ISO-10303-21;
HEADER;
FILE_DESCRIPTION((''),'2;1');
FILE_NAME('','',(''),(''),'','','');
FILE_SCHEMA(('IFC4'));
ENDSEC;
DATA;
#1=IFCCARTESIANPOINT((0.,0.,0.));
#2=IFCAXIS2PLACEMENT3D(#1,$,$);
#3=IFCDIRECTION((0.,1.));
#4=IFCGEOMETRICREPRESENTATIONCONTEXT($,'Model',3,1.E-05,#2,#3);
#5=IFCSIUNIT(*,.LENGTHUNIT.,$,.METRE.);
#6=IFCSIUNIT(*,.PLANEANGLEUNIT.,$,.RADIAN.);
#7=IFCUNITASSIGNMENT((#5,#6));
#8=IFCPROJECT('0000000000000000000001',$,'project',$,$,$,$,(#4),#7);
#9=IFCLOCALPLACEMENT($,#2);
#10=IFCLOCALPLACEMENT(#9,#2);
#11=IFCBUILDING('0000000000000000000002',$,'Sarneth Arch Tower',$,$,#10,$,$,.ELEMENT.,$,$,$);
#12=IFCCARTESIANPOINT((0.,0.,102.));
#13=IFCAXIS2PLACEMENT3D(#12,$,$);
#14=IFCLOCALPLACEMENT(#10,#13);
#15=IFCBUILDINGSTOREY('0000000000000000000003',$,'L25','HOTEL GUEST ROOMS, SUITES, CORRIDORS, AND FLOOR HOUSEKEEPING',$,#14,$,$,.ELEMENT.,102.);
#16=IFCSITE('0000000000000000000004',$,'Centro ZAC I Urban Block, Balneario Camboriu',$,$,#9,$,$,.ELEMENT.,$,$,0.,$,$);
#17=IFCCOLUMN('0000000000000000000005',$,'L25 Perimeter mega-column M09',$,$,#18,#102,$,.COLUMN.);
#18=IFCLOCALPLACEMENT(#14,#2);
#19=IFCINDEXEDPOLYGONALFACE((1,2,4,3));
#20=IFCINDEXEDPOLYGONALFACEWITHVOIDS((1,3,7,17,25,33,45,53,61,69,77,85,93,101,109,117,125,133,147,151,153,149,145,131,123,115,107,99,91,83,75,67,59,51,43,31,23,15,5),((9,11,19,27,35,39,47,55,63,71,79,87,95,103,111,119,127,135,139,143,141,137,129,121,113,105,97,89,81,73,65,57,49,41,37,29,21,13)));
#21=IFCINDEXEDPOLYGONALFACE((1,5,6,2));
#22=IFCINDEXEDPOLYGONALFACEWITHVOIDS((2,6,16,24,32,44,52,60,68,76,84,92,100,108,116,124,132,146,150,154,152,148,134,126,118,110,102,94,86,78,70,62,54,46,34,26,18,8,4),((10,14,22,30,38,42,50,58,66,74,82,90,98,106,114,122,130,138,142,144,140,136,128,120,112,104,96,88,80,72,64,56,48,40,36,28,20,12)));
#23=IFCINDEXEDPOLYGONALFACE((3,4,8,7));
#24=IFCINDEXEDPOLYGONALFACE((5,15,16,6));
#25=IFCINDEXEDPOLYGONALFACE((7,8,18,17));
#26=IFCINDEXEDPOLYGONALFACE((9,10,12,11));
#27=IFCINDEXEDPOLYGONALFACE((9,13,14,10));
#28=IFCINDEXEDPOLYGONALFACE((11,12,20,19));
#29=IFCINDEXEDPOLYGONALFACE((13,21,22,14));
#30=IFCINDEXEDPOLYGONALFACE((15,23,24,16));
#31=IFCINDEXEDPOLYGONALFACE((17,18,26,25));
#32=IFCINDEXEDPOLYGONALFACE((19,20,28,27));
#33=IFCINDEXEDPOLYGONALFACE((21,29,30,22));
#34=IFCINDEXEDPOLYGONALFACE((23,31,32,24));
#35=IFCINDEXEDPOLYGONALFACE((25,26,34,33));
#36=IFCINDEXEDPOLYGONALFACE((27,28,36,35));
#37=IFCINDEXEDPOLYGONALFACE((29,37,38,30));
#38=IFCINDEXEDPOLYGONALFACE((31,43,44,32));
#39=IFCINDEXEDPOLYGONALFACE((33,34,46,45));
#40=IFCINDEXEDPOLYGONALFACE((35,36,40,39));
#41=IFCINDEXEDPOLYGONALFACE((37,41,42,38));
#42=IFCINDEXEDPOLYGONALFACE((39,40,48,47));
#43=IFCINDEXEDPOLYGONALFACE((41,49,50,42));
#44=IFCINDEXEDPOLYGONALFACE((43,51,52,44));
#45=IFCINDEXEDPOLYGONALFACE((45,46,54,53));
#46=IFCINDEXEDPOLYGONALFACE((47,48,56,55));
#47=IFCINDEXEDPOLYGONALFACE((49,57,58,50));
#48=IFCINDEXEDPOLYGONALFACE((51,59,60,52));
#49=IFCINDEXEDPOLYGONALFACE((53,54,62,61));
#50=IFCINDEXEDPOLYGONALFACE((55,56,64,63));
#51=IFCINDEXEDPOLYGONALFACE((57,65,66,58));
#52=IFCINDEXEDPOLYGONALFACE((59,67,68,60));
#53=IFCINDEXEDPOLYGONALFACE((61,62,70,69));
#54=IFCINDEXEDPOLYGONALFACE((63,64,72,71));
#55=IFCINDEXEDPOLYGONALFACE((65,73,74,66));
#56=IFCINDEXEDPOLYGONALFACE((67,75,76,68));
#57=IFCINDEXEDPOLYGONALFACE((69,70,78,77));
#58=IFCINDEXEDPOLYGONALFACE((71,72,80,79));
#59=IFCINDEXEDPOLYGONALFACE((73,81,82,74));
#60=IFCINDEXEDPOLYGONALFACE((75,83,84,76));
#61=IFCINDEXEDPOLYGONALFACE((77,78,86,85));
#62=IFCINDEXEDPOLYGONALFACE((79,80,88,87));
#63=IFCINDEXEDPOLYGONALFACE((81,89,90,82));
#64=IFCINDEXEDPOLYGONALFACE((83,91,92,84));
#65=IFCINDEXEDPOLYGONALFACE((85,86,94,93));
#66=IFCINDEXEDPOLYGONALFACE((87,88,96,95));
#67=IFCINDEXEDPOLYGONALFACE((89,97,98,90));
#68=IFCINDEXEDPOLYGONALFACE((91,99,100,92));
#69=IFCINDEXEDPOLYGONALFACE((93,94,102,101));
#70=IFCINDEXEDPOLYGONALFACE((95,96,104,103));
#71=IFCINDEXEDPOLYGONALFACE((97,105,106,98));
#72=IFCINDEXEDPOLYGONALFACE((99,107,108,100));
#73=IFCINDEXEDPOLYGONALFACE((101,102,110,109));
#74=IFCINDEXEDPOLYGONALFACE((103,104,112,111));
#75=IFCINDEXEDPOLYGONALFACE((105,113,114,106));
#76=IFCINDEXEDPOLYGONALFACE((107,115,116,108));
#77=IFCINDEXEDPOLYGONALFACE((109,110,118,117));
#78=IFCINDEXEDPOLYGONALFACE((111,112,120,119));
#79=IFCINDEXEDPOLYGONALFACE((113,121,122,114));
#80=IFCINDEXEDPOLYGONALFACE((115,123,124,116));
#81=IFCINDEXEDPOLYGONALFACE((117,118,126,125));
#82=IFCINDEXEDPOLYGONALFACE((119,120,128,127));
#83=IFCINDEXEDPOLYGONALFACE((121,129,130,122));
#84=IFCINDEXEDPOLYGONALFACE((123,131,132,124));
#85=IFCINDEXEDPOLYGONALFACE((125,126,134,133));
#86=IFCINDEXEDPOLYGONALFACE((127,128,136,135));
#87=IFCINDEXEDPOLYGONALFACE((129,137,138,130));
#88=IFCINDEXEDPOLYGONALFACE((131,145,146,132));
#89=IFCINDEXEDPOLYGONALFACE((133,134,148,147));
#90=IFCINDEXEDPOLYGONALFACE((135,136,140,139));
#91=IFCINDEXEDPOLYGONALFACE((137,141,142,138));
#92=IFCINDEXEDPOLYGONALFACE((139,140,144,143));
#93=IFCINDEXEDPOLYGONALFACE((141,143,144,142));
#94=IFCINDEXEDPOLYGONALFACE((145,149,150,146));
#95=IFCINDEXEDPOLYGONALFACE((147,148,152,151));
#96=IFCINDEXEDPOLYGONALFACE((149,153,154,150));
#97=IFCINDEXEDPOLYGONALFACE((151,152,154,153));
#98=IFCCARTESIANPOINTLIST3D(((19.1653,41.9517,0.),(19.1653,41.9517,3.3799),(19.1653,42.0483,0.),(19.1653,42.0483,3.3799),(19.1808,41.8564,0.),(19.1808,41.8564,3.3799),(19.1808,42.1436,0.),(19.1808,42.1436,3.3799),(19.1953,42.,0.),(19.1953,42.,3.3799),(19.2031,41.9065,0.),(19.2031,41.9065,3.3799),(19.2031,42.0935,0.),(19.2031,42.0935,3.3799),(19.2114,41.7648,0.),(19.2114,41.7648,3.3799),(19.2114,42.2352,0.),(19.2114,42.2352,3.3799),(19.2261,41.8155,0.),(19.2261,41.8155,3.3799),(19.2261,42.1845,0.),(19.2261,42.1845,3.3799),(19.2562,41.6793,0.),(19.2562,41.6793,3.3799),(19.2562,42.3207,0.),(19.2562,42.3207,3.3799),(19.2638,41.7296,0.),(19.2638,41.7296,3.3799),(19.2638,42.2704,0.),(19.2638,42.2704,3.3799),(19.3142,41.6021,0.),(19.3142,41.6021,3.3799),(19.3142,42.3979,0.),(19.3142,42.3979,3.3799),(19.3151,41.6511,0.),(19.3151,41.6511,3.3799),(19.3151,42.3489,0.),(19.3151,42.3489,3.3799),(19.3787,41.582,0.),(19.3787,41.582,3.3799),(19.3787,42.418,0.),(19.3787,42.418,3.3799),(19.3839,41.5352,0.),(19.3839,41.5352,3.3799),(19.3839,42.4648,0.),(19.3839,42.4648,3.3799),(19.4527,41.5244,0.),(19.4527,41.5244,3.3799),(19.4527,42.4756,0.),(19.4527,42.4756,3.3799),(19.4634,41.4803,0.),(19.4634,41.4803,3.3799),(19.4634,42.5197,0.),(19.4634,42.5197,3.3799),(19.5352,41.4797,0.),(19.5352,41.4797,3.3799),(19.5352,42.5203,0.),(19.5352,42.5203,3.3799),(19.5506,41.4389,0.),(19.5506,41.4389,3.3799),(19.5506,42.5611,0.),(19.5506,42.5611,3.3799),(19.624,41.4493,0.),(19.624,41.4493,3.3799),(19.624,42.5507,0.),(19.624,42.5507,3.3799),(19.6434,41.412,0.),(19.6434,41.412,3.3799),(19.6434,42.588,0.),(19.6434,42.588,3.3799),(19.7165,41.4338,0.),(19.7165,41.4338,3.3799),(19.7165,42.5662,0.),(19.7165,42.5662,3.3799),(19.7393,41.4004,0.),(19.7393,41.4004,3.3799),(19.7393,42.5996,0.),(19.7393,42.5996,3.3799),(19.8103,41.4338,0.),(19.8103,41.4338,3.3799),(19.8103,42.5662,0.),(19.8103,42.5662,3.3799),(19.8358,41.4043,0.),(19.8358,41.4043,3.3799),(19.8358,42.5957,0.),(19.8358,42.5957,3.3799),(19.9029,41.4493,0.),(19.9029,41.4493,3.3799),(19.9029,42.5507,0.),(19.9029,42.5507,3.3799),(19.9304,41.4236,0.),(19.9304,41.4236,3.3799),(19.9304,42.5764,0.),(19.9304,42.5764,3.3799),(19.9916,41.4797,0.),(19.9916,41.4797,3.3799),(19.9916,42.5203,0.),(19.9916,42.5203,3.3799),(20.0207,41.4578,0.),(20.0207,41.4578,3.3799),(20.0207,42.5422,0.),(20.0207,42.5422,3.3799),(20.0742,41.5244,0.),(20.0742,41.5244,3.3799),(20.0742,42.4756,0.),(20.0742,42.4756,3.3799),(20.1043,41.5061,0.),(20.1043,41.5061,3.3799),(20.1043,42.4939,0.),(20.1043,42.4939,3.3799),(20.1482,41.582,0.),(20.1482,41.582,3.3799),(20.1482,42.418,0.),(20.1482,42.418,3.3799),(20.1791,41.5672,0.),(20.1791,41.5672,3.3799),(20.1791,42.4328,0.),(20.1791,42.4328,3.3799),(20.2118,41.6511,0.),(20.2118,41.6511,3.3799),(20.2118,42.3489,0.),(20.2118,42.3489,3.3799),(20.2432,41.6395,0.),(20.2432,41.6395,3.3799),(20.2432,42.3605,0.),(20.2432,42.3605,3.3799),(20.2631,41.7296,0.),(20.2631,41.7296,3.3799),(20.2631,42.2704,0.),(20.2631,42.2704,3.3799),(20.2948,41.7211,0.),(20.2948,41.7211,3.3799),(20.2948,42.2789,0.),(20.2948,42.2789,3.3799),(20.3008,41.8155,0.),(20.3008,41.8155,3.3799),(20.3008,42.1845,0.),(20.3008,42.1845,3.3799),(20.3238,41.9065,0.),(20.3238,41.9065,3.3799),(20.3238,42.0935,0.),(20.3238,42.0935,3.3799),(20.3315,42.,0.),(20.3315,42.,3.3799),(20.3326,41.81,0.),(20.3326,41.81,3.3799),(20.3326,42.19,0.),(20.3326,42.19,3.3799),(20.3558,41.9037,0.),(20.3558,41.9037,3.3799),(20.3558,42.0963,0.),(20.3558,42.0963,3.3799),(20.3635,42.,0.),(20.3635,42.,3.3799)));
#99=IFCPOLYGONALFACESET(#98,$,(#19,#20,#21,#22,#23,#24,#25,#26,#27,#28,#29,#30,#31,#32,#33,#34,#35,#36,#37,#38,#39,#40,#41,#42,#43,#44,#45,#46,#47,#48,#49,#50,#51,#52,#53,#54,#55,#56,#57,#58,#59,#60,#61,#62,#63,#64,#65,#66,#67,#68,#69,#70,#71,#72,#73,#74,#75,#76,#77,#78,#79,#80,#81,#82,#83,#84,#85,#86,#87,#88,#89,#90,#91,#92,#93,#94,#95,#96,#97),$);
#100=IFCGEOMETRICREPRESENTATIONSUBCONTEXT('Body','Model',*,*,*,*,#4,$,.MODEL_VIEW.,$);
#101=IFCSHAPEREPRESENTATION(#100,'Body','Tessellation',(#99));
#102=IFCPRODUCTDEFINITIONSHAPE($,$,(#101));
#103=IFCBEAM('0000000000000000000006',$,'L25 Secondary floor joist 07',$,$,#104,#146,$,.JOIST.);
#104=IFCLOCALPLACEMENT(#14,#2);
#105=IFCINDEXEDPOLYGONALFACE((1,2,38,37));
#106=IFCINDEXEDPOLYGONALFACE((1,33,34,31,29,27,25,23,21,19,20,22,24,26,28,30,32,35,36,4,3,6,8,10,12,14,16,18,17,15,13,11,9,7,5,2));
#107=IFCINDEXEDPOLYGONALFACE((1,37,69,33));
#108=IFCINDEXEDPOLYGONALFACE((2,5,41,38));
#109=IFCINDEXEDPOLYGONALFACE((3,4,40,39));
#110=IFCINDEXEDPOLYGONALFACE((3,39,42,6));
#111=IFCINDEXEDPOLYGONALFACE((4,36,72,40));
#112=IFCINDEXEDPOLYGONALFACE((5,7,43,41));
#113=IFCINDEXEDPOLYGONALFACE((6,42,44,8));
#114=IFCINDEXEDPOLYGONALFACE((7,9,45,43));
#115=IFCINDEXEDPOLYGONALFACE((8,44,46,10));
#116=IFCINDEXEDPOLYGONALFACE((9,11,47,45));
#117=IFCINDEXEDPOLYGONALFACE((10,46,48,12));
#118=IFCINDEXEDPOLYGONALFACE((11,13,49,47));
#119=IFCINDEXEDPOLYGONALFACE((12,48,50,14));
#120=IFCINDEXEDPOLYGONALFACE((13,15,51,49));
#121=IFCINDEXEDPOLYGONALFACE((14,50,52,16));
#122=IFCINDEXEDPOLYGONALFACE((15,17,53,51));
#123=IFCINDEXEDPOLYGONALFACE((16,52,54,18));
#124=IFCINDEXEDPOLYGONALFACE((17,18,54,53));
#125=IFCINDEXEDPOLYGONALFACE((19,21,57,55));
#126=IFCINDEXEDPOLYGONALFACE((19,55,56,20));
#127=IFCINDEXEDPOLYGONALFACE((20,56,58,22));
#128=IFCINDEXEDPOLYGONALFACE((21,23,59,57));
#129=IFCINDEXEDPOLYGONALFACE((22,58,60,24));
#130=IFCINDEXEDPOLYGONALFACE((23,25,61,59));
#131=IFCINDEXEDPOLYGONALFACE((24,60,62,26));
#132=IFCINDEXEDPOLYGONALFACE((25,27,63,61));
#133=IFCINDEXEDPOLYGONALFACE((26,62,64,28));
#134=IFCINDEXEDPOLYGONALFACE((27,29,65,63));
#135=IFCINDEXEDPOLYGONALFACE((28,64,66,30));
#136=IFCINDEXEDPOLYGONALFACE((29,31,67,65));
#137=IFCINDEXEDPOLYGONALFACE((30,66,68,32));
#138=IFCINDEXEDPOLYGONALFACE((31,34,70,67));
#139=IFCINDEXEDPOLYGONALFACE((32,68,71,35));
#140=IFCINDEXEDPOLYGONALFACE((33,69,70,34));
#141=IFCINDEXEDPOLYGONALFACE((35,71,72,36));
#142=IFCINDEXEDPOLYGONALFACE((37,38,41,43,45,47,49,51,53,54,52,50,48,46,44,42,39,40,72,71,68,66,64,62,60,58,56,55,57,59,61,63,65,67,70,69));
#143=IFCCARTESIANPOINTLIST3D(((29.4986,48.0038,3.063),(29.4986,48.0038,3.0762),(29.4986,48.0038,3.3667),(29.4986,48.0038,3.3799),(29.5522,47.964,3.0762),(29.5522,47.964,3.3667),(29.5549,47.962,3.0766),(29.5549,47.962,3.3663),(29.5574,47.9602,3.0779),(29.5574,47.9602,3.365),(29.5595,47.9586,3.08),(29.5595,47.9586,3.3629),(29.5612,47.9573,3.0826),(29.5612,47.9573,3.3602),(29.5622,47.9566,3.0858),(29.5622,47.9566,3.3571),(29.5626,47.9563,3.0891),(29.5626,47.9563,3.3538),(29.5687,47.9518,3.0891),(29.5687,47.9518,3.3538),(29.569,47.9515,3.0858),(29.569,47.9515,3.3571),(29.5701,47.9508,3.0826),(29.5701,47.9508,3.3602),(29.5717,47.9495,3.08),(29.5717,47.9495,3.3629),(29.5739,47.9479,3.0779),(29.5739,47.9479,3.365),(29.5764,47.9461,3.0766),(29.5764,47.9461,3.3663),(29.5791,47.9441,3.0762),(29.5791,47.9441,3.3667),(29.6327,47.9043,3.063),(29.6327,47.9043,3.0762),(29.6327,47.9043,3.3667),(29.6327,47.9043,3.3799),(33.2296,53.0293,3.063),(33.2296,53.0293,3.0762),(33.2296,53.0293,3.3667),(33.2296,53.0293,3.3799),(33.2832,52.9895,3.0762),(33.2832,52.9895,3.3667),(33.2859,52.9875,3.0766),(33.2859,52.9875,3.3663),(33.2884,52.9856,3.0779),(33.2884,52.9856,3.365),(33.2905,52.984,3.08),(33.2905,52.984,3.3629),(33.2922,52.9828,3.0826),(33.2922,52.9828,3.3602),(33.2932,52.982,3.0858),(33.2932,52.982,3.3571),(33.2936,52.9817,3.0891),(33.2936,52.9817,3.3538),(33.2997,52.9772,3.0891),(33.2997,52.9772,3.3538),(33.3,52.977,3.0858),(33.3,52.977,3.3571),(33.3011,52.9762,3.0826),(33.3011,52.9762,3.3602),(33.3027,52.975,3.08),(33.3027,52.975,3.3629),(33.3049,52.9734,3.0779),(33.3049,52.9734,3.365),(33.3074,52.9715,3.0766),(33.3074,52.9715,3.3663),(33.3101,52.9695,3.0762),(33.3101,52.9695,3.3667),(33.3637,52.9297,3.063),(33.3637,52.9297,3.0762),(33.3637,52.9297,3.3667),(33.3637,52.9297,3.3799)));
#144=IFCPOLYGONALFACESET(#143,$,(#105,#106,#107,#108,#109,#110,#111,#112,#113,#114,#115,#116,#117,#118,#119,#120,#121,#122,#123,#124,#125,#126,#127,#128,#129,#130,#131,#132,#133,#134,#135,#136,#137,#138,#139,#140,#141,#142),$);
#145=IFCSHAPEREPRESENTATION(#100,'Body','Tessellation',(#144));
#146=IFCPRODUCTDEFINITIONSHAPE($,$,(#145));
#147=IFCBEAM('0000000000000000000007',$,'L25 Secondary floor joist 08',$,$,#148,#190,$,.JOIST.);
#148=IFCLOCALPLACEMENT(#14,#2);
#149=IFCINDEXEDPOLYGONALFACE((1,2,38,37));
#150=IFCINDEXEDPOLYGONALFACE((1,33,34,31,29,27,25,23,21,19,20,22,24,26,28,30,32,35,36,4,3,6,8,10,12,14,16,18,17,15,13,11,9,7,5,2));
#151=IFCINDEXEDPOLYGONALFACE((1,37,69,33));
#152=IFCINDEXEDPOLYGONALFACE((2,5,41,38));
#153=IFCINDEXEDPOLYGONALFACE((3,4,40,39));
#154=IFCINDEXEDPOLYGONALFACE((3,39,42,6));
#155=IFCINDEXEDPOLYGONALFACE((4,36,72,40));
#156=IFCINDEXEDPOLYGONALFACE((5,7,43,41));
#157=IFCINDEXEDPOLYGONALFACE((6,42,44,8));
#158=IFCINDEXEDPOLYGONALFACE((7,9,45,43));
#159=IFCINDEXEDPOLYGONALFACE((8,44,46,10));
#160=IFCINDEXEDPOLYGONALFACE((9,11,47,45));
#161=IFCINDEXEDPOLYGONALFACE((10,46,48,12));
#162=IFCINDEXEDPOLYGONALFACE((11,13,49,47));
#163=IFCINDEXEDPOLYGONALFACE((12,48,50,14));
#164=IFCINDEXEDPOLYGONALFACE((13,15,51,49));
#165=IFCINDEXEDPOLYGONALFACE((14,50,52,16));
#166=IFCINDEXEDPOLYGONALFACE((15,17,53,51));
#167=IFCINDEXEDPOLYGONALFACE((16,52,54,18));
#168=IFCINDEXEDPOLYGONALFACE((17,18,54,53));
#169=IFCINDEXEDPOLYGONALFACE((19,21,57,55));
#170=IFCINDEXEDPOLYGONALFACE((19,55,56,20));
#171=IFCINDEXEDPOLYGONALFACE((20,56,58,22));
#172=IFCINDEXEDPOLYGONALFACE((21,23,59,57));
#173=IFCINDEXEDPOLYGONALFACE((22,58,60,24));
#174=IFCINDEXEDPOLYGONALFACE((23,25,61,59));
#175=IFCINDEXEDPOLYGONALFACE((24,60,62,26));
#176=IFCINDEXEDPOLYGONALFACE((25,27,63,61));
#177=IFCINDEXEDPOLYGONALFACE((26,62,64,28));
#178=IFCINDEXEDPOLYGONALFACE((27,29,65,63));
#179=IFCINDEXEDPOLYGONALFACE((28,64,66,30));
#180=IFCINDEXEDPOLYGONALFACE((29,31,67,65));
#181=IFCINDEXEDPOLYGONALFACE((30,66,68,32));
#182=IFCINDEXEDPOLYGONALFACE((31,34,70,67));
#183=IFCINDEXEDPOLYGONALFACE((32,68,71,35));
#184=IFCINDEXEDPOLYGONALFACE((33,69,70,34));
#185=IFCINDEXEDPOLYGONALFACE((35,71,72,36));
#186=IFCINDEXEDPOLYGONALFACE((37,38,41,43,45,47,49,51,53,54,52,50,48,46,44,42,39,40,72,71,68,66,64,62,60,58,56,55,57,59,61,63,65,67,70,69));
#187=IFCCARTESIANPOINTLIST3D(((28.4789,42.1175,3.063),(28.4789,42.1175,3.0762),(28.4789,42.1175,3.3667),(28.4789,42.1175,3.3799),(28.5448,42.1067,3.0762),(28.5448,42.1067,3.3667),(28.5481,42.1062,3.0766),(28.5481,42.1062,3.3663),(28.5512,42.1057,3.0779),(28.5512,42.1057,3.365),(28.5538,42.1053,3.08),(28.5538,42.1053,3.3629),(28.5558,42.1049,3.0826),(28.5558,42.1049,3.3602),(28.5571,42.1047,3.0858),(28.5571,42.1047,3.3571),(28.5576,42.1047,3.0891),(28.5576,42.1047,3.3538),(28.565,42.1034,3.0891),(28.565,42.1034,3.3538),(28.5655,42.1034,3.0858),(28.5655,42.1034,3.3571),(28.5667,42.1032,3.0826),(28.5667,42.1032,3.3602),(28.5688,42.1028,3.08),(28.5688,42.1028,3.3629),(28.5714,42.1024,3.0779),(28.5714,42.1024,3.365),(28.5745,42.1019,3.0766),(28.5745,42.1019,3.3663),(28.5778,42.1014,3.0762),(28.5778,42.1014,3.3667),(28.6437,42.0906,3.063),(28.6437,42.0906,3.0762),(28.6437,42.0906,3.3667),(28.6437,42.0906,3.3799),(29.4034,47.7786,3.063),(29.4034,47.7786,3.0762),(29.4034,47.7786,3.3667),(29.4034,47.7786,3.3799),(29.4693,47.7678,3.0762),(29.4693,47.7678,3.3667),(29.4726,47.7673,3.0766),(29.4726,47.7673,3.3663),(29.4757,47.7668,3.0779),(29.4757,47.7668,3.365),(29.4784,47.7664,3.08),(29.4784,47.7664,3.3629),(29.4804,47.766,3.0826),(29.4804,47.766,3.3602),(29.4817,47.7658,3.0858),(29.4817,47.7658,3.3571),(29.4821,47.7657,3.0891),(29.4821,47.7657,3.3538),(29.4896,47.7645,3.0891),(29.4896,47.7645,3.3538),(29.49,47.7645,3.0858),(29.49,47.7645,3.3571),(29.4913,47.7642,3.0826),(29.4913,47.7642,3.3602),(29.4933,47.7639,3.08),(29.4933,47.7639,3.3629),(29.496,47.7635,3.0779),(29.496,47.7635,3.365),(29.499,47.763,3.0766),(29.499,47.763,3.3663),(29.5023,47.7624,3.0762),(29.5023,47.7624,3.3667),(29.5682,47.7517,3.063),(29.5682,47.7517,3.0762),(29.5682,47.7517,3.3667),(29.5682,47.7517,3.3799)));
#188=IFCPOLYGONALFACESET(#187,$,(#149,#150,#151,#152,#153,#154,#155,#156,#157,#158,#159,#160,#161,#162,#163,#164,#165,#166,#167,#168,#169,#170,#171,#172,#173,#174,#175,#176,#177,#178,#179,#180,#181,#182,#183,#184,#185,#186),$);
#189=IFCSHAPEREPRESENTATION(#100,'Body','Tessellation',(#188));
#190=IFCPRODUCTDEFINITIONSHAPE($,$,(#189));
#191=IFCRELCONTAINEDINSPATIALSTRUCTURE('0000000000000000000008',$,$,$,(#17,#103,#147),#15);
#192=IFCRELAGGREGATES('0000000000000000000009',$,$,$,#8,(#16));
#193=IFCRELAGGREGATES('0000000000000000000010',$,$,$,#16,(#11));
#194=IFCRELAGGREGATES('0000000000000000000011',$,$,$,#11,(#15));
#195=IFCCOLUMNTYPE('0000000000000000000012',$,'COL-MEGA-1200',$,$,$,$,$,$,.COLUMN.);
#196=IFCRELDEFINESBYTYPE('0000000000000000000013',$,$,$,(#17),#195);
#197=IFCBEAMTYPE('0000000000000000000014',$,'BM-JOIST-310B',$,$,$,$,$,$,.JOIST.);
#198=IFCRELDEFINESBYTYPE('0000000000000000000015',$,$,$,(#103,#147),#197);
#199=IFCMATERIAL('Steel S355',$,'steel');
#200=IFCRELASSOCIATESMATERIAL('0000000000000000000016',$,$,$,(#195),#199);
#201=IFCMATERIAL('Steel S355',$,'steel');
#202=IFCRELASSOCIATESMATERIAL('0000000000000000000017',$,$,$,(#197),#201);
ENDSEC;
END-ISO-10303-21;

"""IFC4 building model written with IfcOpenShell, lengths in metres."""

from ifc_helpers import new_model, si_unit, direction, frame, origin, origin_2d, place, context, subcontext, project, spatial, hollow_circle, i_section, extrude, material, material_profile, profile_set, type_object, element, save


model = new_model("IFC4")

# Units and contexts
model_context = context("Model", 3, precision=1e-05, world=origin(), true_north=direction((0.0, 1.0)))
body_context = subcontext(model_context, "Body", "Model", "MODEL_VIEW")
ifc_project = project(units=[si_unit("LENGTHUNIT", "METRE"), si_unit("PLANEANGLEUNIT", "RADIAN")], contexts=[model_context])

# Site, building, storey
site_placement = place(None, origin())
site = spatial("IfcSite", under=ifc_project, at=site_placement, Name="Centro ZAC I Urban Block, Balneario Camboriu", CompositionType="ELEMENT", RefElevation=0.0)
building_placement = place(site_placement, origin())
building = spatial("IfcBuilding", under=site, at=building_placement, Name="Sarneth Arch Tower", CompositionType="ELEMENT")
storey_placement = place(building_placement, frame((0.0, 0.0, 102.0)))
storey = spatial("IfcBuildingStorey", under=building, at=storey_placement, Name="L25", Description="HOTEL GUEST ROOMS, SUITES, CORRIDORS, AND FLOOR HOUSEKEEPING", CompositionType="ELEMENT", Elevation=102.0)

# Column
ifc_material_1 = material(Name="Steel S355", Category="steel")
ifc_material_profile_1 = material_profile(ifc_material_1, hollow_circle(Radius=0.6001, WallThickness=0.032, at=origin_2d()), Name="CHS1200x32")
ifc_profile_set_1 = profile_set([ifc_material_profile_1], Name="Steel S355")
column_type = type_object("IfcColumnType", Name="COL-MEGA-1200", PredefinedType="COLUMN", material=ifc_profile_set_1)
for number, where, z_axis, x_axis, name in (
    (1, (19.7634, 42.0, 0.0), (0.0, 0.0, 1.0), (1.0, 0.0, 0.0), "L25 Perimeter mega-column M09"),
):
    element("IfcColumn", number, at=place(storey_placement, frame(where, z_axis=z_axis, x_axis=x_axis)), inside=storey, type_object=column_type, Name=name, PredefinedType="COLUMN", context=body_context, shape_type="SweptSolid", body=[
        extrude(hollow_circle(Radius=0.6001, WallThickness=0.032, at=origin_2d()), origin(), (0.0, 0.0, 1.0), 3.3799),
    ])

# Beams
ifc_material_2 = material(Name="Steel S355", Category="steel")
ifc_material_profile_2 = material_profile(ifc_material_2, i_section(OverallWidth=0.167, OverallDepth=0.3169, WebThickness=0.0076, FlangeThickness=0.0132, FilletRadius=0.0129, at=origin_2d()), Name="W310x52")
ifc_profile_set_2 = profile_set([ifc_material_profile_2], Name="Steel S355")
beam_type_1 = type_object("IfcBeamType", Name="BM-JOIST-310B", PredefinedType="JOIST", material=ifc_profile_set_2)
beam_1_placement = place(storey_placement, frame((33.2966, 52.9795, 3.2214), z_axis=(-0.596098, -0.802911, 0.0), x_axis=(0.802911, -0.596098, 0.0)))
element("IfcBeam", 2, at=beam_1_placement, inside=storey, type_object=beam_type_1, Name="L25 Secondary floor joist 07", PredefinedType="JOIST", context=body_context, shape_type="SweptSolid", body=[
    extrude(i_section(OverallWidth=0.167, OverallDepth=0.3169, WebThickness=0.0076, FlangeThickness=0.0132, FilletRadius=0.0129, at=origin_2d()), origin(), (0.0, 0.0, 1.0), 6.259),
])
beam_2_placement = place(storey_placement, frame((29.4858, 47.7651, 3.2214), z_axis=(-0.161182, -0.986925, 0.0), x_axis=(0.986925, -0.161182, 0.0)))
element("IfcBeam", 3, at=beam_2_placement, inside=storey, type_object=beam_type_1, Name="L25 Secondary floor joist 08", PredefinedType="JOIST", context=body_context, shape_type="SweptSolid", body=[
    extrude(i_section(OverallWidth=0.167, OverallDepth=0.3169, WebThickness=0.0076, FlangeThickness=0.0132, FilletRadius=0.0129, at=origin_2d()), origin(), (0.0, 0.0, 1.0), 5.7361),
])

save(model, "model.ifc")
